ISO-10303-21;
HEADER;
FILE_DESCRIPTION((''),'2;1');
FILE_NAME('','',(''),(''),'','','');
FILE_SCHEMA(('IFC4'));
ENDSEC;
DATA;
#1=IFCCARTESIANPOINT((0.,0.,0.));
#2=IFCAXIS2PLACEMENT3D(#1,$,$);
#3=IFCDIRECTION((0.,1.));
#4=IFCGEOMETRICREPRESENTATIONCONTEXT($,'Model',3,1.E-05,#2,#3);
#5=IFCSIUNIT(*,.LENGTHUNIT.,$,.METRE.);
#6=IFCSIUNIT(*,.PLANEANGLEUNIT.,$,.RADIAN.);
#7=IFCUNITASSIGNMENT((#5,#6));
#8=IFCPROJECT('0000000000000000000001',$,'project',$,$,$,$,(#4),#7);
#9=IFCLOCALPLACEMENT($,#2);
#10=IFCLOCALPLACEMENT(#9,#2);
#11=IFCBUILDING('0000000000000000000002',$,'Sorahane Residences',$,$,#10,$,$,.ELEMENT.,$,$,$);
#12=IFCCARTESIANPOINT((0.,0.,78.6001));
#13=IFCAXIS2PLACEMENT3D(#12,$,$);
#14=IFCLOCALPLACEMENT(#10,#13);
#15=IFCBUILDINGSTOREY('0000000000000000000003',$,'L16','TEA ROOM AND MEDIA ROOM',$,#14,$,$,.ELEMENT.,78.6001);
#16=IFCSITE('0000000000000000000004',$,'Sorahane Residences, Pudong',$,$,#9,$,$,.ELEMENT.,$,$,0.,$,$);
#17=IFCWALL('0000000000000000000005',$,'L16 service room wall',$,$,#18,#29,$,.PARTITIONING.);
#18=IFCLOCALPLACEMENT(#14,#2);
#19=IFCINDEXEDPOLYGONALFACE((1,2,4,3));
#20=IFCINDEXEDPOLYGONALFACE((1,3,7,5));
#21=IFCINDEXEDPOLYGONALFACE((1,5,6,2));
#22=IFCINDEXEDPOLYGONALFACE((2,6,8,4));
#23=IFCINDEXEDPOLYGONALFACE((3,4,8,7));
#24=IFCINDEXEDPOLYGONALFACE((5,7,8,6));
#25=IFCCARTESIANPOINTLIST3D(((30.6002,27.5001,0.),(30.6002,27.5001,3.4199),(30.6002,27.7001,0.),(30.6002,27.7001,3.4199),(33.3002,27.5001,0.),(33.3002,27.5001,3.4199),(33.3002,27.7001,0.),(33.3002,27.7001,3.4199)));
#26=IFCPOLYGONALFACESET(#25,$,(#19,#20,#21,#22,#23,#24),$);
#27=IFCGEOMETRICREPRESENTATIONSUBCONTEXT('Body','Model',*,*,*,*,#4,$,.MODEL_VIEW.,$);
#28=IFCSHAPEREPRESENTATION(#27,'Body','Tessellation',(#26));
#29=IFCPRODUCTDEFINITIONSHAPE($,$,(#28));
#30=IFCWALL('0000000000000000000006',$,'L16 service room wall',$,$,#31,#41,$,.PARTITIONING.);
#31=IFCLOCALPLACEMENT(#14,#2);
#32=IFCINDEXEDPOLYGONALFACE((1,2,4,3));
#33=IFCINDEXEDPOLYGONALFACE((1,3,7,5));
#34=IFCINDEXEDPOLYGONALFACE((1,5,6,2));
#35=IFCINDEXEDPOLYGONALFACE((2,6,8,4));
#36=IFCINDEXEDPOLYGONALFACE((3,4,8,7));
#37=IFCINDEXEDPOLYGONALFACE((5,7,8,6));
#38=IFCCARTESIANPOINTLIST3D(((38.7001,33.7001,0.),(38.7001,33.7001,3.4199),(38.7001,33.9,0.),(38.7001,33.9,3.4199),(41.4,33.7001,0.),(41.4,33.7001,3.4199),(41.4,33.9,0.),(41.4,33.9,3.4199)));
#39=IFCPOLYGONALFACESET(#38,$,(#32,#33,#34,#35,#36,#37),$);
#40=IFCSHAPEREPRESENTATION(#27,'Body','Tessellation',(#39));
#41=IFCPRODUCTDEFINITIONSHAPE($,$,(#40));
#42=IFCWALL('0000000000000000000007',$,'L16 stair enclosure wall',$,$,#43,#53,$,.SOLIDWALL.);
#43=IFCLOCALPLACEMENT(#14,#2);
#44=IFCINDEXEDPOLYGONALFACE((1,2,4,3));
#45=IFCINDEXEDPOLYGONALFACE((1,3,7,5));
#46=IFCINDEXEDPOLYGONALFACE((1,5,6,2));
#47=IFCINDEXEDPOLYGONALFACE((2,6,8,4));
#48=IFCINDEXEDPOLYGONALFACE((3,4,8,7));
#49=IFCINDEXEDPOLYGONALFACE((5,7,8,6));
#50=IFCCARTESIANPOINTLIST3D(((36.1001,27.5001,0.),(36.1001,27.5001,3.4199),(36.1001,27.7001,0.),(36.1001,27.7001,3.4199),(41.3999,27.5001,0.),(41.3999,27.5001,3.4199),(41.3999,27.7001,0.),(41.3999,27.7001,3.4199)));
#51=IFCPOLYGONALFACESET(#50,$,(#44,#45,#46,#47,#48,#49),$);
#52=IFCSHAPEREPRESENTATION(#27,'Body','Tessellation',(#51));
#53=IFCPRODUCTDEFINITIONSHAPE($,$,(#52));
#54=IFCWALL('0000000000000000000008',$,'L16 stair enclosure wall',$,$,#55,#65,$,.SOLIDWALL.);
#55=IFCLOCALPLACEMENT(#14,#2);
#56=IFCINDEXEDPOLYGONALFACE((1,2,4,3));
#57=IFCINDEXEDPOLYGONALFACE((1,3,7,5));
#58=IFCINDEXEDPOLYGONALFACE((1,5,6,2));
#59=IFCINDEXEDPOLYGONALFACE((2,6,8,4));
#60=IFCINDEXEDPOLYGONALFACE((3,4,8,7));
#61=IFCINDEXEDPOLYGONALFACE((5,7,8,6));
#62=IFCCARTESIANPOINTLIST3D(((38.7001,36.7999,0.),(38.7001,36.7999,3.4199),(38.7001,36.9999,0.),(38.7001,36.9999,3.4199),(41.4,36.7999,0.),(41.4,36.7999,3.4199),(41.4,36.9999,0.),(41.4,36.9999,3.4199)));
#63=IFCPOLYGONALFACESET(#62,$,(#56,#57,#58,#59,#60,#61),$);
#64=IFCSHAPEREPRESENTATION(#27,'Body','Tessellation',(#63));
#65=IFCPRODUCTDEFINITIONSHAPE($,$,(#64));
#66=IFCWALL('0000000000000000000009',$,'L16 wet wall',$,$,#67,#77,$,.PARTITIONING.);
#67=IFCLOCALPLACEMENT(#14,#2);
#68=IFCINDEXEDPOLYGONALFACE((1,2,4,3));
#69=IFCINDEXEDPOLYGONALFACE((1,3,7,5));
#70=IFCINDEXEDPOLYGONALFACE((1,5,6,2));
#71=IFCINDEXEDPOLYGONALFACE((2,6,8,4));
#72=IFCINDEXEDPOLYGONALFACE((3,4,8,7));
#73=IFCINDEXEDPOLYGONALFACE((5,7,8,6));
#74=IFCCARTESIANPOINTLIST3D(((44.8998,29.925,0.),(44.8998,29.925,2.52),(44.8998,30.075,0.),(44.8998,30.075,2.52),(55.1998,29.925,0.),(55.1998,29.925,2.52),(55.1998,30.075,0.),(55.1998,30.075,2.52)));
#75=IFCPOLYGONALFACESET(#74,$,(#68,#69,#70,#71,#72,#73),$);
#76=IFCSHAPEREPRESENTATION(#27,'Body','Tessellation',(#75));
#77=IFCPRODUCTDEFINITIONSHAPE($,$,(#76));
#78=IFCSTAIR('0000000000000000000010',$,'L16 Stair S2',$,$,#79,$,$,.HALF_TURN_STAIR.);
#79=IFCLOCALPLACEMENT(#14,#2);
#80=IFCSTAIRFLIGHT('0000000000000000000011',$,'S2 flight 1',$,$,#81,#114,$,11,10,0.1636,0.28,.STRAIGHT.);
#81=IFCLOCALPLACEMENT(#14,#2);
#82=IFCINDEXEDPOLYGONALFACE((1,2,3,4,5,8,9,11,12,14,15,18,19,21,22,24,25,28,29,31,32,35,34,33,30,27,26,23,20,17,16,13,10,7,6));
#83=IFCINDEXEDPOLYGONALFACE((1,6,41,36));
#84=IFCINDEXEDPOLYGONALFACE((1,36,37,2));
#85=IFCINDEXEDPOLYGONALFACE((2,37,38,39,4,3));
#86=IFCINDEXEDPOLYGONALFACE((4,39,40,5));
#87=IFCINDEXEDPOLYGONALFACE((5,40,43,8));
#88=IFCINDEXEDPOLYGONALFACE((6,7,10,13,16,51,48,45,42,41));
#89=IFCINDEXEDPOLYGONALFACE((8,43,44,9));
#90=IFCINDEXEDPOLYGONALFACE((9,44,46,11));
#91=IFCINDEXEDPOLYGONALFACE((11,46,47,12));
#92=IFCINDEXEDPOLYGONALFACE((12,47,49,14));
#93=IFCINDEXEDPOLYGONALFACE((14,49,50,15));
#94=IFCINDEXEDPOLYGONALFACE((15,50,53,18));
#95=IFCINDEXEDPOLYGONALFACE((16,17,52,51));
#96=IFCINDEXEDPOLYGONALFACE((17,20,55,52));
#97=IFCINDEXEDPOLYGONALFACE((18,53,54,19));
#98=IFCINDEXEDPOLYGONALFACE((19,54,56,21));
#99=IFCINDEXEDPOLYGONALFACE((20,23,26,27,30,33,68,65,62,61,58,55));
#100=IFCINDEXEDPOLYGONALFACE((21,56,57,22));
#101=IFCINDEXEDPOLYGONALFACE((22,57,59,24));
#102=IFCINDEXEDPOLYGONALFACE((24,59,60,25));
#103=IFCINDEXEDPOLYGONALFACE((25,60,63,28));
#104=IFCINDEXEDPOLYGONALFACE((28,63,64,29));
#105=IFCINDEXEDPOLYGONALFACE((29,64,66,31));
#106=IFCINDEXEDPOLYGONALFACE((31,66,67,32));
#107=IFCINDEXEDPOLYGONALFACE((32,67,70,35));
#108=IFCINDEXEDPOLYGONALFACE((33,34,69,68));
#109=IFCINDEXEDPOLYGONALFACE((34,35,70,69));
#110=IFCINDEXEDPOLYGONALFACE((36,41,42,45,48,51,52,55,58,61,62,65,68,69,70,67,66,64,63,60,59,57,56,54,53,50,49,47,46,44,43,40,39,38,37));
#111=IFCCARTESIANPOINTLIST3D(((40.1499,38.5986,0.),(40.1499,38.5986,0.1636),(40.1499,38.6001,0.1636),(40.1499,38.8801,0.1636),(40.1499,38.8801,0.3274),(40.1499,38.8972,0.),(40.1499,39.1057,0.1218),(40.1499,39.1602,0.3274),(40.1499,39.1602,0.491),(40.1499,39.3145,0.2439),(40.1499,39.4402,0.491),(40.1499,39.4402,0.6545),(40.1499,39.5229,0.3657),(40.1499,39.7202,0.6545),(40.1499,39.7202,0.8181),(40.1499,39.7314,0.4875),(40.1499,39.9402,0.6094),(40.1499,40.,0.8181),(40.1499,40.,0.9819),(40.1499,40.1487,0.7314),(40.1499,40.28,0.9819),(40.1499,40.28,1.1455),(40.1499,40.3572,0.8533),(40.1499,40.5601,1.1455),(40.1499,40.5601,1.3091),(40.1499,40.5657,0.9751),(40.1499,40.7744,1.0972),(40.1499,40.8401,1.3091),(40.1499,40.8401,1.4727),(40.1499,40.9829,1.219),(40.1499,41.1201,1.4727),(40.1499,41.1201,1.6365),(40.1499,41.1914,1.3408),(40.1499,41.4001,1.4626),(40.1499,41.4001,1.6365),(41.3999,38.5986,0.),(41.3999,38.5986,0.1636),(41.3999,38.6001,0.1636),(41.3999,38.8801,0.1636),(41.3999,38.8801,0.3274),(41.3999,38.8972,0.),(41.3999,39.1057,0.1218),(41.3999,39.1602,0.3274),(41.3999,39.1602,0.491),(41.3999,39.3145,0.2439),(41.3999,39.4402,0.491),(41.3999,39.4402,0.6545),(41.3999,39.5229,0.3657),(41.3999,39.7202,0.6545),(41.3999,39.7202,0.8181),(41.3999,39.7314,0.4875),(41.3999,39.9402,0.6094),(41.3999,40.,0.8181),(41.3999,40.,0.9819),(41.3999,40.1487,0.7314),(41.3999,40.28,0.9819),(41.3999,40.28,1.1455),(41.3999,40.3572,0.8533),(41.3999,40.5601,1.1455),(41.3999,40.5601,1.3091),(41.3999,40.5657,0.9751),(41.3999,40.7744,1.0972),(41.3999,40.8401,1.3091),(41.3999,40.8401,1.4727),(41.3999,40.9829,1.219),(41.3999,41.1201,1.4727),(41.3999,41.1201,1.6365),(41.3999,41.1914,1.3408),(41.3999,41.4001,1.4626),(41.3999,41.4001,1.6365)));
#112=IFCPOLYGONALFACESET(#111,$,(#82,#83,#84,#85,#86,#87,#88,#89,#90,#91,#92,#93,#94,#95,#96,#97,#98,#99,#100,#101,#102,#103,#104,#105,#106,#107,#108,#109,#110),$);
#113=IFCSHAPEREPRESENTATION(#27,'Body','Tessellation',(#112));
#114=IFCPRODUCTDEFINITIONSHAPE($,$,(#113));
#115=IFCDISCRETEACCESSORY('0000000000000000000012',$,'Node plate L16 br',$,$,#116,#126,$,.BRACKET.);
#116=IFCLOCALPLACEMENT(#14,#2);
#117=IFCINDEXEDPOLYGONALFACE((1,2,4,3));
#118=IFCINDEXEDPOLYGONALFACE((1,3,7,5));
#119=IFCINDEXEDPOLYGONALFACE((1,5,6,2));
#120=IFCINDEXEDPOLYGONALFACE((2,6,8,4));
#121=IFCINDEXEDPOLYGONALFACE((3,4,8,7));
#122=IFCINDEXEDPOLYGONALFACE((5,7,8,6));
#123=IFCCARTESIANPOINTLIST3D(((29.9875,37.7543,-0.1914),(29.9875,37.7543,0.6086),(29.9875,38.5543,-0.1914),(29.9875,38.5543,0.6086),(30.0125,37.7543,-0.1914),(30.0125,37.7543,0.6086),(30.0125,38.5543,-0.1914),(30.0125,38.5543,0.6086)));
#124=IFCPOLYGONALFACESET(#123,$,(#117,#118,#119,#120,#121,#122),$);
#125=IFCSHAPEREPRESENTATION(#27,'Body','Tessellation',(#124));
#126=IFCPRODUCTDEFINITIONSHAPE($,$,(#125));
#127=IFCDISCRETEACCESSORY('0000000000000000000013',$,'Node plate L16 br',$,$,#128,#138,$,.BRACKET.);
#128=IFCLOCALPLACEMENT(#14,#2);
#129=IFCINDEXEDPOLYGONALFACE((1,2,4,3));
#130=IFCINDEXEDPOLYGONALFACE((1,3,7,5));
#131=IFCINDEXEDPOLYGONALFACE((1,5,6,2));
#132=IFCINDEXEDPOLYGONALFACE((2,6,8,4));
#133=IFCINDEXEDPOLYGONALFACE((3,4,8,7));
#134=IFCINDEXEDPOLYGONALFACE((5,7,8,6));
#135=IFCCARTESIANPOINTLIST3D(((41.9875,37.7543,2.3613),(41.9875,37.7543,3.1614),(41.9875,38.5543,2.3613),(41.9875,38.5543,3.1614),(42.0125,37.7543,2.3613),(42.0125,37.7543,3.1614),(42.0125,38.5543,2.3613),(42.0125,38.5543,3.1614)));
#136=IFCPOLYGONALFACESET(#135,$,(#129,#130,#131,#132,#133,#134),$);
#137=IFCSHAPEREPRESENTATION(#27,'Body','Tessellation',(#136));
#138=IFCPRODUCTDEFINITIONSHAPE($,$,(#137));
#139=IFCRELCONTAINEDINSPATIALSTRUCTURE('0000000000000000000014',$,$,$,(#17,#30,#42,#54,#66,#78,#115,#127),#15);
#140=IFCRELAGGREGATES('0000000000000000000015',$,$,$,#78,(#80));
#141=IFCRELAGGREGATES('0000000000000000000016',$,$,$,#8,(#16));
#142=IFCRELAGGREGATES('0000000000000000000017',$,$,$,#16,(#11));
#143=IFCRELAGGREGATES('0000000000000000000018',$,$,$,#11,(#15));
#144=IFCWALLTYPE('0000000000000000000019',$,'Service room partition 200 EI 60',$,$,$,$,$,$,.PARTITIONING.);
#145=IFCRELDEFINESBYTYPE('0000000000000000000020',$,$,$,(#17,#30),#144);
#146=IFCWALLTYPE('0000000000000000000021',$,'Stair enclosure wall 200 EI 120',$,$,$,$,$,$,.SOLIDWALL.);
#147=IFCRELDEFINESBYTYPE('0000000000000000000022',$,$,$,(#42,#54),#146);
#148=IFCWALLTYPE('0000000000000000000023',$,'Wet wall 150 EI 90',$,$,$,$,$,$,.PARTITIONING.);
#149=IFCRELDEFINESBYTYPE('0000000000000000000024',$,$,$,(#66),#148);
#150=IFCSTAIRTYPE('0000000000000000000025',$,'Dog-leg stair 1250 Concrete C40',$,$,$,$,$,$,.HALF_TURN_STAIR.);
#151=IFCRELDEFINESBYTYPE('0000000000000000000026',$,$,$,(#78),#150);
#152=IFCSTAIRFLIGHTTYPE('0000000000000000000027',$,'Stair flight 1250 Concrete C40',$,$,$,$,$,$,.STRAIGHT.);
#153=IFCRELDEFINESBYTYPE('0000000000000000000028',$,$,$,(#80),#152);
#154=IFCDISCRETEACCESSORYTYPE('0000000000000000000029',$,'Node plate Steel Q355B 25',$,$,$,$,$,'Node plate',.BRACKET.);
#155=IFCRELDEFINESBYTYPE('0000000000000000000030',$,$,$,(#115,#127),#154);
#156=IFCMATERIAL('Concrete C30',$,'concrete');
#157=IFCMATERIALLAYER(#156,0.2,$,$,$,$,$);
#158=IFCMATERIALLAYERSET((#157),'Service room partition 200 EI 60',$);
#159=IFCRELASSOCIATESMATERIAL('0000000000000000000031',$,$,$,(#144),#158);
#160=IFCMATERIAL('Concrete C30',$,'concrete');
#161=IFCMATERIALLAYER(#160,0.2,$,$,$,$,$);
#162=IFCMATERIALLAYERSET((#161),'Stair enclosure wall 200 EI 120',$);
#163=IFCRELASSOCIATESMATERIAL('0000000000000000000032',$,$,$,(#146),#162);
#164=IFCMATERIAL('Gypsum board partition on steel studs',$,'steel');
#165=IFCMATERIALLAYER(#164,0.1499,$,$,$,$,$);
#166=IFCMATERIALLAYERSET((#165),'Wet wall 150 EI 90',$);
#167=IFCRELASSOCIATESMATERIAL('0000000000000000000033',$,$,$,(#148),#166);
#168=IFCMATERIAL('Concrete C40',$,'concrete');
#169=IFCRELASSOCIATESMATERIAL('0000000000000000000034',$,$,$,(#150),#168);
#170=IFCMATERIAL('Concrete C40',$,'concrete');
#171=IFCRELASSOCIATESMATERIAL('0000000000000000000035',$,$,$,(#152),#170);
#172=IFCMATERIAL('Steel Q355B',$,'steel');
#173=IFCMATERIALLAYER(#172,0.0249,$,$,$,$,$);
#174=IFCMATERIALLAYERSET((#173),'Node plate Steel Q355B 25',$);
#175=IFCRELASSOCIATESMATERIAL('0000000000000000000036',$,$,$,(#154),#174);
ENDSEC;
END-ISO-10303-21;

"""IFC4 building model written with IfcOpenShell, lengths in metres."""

from ifc_helpers import new_model, si_unit, direction, frame, frame_2d, origin, origin_2d, place, context, subcontext, project, spatial, polyline, rectangle, outline, extrude, material, layer, layer_set, type_object, element, aggregate, save


model = new_model("IFC4")

# Units and contexts
model_context = context("Model", 3, precision=1e-05, world=origin(), true_north=direction((0.0, 1.0)))
body_context = subcontext(model_context, "Body", "Model", "MODEL_VIEW")
ifc_project = project(units=[si_unit("LENGTHUNIT", "METRE"), si_unit("PLANEANGLEUNIT", "RADIAN")], contexts=[model_context])

# Site, building, storey
site_placement = place(None, origin())
site = spatial("IfcSite", under=ifc_project, at=site_placement, Name="Sorahane Residences, Pudong", CompositionType="ELEMENT", RefElevation=0.0)
building_placement = place(site_placement, origin())
building = spatial("IfcBuilding", under=site, at=building_placement, Name="Sorahane Residences", CompositionType="ELEMENT")
storey_placement = place(building_placement, frame((0.0, 0.0, 78.6001)))
storey = spatial("IfcBuildingStorey", under=building, at=storey_placement, Name="L16", Description="TEA ROOM AND MEDIA ROOM", CompositionType="ELEMENT", Elevation=78.6001)

# Walls
ifc_material_1 = material(Name="Concrete C30", Category="concrete")
ifc_layer_1 = layer(ifc_material_1, 0.2)
ifc_layer_set_1 = layer_set([ifc_layer_1], Name="Service room partition 200 EI 60")
wall_type_1 = type_object("IfcWallType", Name="Service room partition 200 EI 60", PredefinedType="PARTITIONING", material=ifc_layer_set_1)
for number, where, z_axis, x_axis, name in (
    (1, (30.6001, 27.6001, 0.0), (0.0, 0.0, 1.0), (1.0, 0.0, 0.0), "L16 service room wall"),
    (2, (38.7, 33.8, 0.0), (0.0, 0.0, 1.0), (1.0, 0.0, 0.0), "L16 service room wall"),
):
    element("IfcWall", number, at=place(storey_placement, frame(where, z_axis=z_axis, x_axis=x_axis)), inside=storey, type_object=wall_type_1, Name=name, PredefinedType="PARTITIONING", context=body_context, shape_type="SweptSolid", body=[
        extrude(rectangle(XDim=2.7, YDim=0.2, at=frame_2d((1.3501, 0.0))), origin(), (0.0, 0.0, 1.0), 3.4199),
    ])
ifc_material_2 = material(Name="Concrete C30", Category="concrete")
ifc_layer_2 = layer(ifc_material_2, 0.2)
ifc_layer_set_2 = layer_set([ifc_layer_2], Name="Stair enclosure wall 200 EI 120")
wall_type_2 = type_object("IfcWallType", Name="Stair enclosure wall 200 EI 120", PredefinedType="SOLIDWALL", material=ifc_layer_set_2)
wall_1_placement = place(storey_placement, frame((36.1001, 27.6001, 0.0), z_axis=(0.0, 0.0, 1.0), x_axis=(1.0, 0.0, 0.0)))
element("IfcWall", 3, at=wall_1_placement, inside=storey, type_object=wall_type_2, Name="L16 stair enclosure wall", PredefinedType="SOLIDWALL", context=body_context, shape_type="SweptSolid", body=[
    extrude(rectangle(XDim=5.2998, YDim=0.2, at=frame_2d((2.6499, 0.0))), origin(), (0.0, 0.0, 1.0), 3.4199),
])
wall_2_placement = place(storey_placement, frame((38.7, 36.8999, 0.0), z_axis=(0.0, 0.0, 1.0), x_axis=(1.0, 0.0, 0.0)))
element("IfcWall", 4, at=wall_2_placement, inside=storey, type_object=wall_type_2, Name="L16 stair enclosure wall", PredefinedType="SOLIDWALL", context=body_context, shape_type="SweptSolid", body=[
    extrude(rectangle(XDim=2.7, YDim=0.2, at=frame_2d((1.3501, 0.0))), origin(), (0.0, 0.0, 1.0), 3.4199),
])
ifc_material_3 = material(Name="Gypsum board partition on steel studs", Category="steel")
ifc_layer_3 = layer(ifc_material_3, 0.1499)
ifc_layer_set_3 = layer_set([ifc_layer_3], Name="Wet wall 150 EI 90")
wall_type_3 = type_object("IfcWallType", Name="Wet wall 150 EI 90", PredefinedType="PARTITIONING", material=ifc_layer_set_3)
wall_3_placement = place(storey_placement, frame((44.8999, 30.0, 0.0), z_axis=(0.0, 0.0, 1.0), x_axis=(1.0, 0.0, 0.0)))
element("IfcWall", 5, at=wall_3_placement, inside=storey, type_object=wall_type_3, Name="L16 wet wall", PredefinedType="PARTITIONING", context=body_context, shape_type="SweptSolid", body=[
    extrude(rectangle(XDim=10.3, YDim=0.1499, at=frame_2d((5.1499, 0.0))), origin(), (0.0, 0.0, 1.0), 2.52),
])

# Stair, stair flight
ifc_material_4 = material(Name="Concrete C40", Category="concrete")
stair_type = type_object("IfcStairType", Name="Dog-leg stair 1250 Concrete C40", PredefinedType="HALF_TURN_STAIR", material=ifc_material_4)
stair_placement = place(storey_placement, origin())
stair = element("IfcStair", 6, at=stair_placement, inside=storey, type_object=stair_type, Name="L16 Stair S2", PredefinedType="HALF_TURN_STAIR")
ifc_material_5 = material(Name="Concrete C40", Category="concrete")
stair_flight_type = type_object("IfcStairFlightType", Name="Stair flight 1250 Concrete C40", PredefinedType="STRAIGHT", material=ifc_material_5)
stair_flight_placement = place(storey_placement, frame((40.7749, 38.6001, 0.0), z_axis=(0.0, 0.0, 1.0), x_axis=(0.0, 1.0, 0.0)))
stair_flight = element("IfcStairFlight", 7, at=stair_flight_placement, type_object=stair_flight_type, Name="S2 flight 1", NumberOfRisers=11, NumberOfTreads=10, PredefinedType="STRAIGHT", RiserHeight=0.1636, TreadLength=0.28, context=body_context, shape_type="SweptSolid", body=[
    extrude(outline(polyline([(-0.0015, 0.0), (-0.0015, 0.1636), (0.0, 0.1636), (0.28, 0.1636), (0.28, 0.3274), (0.5601, 0.3274), (0.5601, 0.491), (0.8401, 0.491), (0.8401, 0.6545), (1.1201, 0.6545), (1.1201, 0.8181), (1.3999, 0.8181), (1.3999, 0.9819), (1.6799, 0.9819), (1.6799, 1.1455), (1.96, 1.1455), (1.96, 1.3091), (2.24, 1.3091), (2.24, 1.4727), (2.52, 1.4727), (2.52, 1.6365), (2.8, 1.6365), (2.8, 1.8), (2.8, 1.4626), (2.5913, 1.3408), (2.3828, 1.219), (2.1743, 1.0972), (1.9656, 0.9751), (1.7571, 0.8533), (1.5486, 0.7314), (1.3401, 0.6094), (1.1313, 0.4875), (0.9229, 0.3657), (0.7144, 0.2439), (0.5056, 0.1218), (0.2971, 0.0), (-0.0015, 0.0)])), frame((0.0, 0.625, 0.0), z_axis=(0.0, -1.0, 0.0), x_axis=(1.0, 0.0, 0.0)), (0.0, 0.0, 1.0), 1.25),
])
aggregate(stair, [stair_flight])

# Discrete accessories
ifc_material_6 = material(Name="Steel Q355B", Category="steel")
ifc_layer_4 = layer(ifc_material_6, 0.0249)
ifc_layer_set_4 = layer_set([ifc_layer_4], Name="Node plate Steel Q355B 25")
discrete_accessory_type = type_object("IfcDiscreteAccessoryType", Name="Node plate Steel Q355B 25", ElementType="Node plate", PredefinedType="BRACKET", material=ifc_layer_set_4)
for number, where, z_axis, x_axis, name in (
    (8, (30.0, 38.1543, -0.1914), (0.0, 0.0, 1.0), (0.0, 1.0, 0.0), "Node plate L16 br"),
    (9, (42.0, 38.1543, 2.3613), (0.0, 0.0, 1.0), (0.0, 1.0, 0.0), "Node plate L16 br"),
):
    element("IfcDiscreteAccessory", number, at=place(storey_placement, frame(where, z_axis=z_axis, x_axis=x_axis)), inside=storey, type_object=discrete_accessory_type, Name=name, PredefinedType="BRACKET", context=body_context, shape_type="SweptSolid", body=[
        extrude(rectangle(XDim=0.8, YDim=0.0249, at=origin_2d()), origin(), (0.0, 0.0, 1.0), 0.8),
    ])

save(model, "model.ifc")
